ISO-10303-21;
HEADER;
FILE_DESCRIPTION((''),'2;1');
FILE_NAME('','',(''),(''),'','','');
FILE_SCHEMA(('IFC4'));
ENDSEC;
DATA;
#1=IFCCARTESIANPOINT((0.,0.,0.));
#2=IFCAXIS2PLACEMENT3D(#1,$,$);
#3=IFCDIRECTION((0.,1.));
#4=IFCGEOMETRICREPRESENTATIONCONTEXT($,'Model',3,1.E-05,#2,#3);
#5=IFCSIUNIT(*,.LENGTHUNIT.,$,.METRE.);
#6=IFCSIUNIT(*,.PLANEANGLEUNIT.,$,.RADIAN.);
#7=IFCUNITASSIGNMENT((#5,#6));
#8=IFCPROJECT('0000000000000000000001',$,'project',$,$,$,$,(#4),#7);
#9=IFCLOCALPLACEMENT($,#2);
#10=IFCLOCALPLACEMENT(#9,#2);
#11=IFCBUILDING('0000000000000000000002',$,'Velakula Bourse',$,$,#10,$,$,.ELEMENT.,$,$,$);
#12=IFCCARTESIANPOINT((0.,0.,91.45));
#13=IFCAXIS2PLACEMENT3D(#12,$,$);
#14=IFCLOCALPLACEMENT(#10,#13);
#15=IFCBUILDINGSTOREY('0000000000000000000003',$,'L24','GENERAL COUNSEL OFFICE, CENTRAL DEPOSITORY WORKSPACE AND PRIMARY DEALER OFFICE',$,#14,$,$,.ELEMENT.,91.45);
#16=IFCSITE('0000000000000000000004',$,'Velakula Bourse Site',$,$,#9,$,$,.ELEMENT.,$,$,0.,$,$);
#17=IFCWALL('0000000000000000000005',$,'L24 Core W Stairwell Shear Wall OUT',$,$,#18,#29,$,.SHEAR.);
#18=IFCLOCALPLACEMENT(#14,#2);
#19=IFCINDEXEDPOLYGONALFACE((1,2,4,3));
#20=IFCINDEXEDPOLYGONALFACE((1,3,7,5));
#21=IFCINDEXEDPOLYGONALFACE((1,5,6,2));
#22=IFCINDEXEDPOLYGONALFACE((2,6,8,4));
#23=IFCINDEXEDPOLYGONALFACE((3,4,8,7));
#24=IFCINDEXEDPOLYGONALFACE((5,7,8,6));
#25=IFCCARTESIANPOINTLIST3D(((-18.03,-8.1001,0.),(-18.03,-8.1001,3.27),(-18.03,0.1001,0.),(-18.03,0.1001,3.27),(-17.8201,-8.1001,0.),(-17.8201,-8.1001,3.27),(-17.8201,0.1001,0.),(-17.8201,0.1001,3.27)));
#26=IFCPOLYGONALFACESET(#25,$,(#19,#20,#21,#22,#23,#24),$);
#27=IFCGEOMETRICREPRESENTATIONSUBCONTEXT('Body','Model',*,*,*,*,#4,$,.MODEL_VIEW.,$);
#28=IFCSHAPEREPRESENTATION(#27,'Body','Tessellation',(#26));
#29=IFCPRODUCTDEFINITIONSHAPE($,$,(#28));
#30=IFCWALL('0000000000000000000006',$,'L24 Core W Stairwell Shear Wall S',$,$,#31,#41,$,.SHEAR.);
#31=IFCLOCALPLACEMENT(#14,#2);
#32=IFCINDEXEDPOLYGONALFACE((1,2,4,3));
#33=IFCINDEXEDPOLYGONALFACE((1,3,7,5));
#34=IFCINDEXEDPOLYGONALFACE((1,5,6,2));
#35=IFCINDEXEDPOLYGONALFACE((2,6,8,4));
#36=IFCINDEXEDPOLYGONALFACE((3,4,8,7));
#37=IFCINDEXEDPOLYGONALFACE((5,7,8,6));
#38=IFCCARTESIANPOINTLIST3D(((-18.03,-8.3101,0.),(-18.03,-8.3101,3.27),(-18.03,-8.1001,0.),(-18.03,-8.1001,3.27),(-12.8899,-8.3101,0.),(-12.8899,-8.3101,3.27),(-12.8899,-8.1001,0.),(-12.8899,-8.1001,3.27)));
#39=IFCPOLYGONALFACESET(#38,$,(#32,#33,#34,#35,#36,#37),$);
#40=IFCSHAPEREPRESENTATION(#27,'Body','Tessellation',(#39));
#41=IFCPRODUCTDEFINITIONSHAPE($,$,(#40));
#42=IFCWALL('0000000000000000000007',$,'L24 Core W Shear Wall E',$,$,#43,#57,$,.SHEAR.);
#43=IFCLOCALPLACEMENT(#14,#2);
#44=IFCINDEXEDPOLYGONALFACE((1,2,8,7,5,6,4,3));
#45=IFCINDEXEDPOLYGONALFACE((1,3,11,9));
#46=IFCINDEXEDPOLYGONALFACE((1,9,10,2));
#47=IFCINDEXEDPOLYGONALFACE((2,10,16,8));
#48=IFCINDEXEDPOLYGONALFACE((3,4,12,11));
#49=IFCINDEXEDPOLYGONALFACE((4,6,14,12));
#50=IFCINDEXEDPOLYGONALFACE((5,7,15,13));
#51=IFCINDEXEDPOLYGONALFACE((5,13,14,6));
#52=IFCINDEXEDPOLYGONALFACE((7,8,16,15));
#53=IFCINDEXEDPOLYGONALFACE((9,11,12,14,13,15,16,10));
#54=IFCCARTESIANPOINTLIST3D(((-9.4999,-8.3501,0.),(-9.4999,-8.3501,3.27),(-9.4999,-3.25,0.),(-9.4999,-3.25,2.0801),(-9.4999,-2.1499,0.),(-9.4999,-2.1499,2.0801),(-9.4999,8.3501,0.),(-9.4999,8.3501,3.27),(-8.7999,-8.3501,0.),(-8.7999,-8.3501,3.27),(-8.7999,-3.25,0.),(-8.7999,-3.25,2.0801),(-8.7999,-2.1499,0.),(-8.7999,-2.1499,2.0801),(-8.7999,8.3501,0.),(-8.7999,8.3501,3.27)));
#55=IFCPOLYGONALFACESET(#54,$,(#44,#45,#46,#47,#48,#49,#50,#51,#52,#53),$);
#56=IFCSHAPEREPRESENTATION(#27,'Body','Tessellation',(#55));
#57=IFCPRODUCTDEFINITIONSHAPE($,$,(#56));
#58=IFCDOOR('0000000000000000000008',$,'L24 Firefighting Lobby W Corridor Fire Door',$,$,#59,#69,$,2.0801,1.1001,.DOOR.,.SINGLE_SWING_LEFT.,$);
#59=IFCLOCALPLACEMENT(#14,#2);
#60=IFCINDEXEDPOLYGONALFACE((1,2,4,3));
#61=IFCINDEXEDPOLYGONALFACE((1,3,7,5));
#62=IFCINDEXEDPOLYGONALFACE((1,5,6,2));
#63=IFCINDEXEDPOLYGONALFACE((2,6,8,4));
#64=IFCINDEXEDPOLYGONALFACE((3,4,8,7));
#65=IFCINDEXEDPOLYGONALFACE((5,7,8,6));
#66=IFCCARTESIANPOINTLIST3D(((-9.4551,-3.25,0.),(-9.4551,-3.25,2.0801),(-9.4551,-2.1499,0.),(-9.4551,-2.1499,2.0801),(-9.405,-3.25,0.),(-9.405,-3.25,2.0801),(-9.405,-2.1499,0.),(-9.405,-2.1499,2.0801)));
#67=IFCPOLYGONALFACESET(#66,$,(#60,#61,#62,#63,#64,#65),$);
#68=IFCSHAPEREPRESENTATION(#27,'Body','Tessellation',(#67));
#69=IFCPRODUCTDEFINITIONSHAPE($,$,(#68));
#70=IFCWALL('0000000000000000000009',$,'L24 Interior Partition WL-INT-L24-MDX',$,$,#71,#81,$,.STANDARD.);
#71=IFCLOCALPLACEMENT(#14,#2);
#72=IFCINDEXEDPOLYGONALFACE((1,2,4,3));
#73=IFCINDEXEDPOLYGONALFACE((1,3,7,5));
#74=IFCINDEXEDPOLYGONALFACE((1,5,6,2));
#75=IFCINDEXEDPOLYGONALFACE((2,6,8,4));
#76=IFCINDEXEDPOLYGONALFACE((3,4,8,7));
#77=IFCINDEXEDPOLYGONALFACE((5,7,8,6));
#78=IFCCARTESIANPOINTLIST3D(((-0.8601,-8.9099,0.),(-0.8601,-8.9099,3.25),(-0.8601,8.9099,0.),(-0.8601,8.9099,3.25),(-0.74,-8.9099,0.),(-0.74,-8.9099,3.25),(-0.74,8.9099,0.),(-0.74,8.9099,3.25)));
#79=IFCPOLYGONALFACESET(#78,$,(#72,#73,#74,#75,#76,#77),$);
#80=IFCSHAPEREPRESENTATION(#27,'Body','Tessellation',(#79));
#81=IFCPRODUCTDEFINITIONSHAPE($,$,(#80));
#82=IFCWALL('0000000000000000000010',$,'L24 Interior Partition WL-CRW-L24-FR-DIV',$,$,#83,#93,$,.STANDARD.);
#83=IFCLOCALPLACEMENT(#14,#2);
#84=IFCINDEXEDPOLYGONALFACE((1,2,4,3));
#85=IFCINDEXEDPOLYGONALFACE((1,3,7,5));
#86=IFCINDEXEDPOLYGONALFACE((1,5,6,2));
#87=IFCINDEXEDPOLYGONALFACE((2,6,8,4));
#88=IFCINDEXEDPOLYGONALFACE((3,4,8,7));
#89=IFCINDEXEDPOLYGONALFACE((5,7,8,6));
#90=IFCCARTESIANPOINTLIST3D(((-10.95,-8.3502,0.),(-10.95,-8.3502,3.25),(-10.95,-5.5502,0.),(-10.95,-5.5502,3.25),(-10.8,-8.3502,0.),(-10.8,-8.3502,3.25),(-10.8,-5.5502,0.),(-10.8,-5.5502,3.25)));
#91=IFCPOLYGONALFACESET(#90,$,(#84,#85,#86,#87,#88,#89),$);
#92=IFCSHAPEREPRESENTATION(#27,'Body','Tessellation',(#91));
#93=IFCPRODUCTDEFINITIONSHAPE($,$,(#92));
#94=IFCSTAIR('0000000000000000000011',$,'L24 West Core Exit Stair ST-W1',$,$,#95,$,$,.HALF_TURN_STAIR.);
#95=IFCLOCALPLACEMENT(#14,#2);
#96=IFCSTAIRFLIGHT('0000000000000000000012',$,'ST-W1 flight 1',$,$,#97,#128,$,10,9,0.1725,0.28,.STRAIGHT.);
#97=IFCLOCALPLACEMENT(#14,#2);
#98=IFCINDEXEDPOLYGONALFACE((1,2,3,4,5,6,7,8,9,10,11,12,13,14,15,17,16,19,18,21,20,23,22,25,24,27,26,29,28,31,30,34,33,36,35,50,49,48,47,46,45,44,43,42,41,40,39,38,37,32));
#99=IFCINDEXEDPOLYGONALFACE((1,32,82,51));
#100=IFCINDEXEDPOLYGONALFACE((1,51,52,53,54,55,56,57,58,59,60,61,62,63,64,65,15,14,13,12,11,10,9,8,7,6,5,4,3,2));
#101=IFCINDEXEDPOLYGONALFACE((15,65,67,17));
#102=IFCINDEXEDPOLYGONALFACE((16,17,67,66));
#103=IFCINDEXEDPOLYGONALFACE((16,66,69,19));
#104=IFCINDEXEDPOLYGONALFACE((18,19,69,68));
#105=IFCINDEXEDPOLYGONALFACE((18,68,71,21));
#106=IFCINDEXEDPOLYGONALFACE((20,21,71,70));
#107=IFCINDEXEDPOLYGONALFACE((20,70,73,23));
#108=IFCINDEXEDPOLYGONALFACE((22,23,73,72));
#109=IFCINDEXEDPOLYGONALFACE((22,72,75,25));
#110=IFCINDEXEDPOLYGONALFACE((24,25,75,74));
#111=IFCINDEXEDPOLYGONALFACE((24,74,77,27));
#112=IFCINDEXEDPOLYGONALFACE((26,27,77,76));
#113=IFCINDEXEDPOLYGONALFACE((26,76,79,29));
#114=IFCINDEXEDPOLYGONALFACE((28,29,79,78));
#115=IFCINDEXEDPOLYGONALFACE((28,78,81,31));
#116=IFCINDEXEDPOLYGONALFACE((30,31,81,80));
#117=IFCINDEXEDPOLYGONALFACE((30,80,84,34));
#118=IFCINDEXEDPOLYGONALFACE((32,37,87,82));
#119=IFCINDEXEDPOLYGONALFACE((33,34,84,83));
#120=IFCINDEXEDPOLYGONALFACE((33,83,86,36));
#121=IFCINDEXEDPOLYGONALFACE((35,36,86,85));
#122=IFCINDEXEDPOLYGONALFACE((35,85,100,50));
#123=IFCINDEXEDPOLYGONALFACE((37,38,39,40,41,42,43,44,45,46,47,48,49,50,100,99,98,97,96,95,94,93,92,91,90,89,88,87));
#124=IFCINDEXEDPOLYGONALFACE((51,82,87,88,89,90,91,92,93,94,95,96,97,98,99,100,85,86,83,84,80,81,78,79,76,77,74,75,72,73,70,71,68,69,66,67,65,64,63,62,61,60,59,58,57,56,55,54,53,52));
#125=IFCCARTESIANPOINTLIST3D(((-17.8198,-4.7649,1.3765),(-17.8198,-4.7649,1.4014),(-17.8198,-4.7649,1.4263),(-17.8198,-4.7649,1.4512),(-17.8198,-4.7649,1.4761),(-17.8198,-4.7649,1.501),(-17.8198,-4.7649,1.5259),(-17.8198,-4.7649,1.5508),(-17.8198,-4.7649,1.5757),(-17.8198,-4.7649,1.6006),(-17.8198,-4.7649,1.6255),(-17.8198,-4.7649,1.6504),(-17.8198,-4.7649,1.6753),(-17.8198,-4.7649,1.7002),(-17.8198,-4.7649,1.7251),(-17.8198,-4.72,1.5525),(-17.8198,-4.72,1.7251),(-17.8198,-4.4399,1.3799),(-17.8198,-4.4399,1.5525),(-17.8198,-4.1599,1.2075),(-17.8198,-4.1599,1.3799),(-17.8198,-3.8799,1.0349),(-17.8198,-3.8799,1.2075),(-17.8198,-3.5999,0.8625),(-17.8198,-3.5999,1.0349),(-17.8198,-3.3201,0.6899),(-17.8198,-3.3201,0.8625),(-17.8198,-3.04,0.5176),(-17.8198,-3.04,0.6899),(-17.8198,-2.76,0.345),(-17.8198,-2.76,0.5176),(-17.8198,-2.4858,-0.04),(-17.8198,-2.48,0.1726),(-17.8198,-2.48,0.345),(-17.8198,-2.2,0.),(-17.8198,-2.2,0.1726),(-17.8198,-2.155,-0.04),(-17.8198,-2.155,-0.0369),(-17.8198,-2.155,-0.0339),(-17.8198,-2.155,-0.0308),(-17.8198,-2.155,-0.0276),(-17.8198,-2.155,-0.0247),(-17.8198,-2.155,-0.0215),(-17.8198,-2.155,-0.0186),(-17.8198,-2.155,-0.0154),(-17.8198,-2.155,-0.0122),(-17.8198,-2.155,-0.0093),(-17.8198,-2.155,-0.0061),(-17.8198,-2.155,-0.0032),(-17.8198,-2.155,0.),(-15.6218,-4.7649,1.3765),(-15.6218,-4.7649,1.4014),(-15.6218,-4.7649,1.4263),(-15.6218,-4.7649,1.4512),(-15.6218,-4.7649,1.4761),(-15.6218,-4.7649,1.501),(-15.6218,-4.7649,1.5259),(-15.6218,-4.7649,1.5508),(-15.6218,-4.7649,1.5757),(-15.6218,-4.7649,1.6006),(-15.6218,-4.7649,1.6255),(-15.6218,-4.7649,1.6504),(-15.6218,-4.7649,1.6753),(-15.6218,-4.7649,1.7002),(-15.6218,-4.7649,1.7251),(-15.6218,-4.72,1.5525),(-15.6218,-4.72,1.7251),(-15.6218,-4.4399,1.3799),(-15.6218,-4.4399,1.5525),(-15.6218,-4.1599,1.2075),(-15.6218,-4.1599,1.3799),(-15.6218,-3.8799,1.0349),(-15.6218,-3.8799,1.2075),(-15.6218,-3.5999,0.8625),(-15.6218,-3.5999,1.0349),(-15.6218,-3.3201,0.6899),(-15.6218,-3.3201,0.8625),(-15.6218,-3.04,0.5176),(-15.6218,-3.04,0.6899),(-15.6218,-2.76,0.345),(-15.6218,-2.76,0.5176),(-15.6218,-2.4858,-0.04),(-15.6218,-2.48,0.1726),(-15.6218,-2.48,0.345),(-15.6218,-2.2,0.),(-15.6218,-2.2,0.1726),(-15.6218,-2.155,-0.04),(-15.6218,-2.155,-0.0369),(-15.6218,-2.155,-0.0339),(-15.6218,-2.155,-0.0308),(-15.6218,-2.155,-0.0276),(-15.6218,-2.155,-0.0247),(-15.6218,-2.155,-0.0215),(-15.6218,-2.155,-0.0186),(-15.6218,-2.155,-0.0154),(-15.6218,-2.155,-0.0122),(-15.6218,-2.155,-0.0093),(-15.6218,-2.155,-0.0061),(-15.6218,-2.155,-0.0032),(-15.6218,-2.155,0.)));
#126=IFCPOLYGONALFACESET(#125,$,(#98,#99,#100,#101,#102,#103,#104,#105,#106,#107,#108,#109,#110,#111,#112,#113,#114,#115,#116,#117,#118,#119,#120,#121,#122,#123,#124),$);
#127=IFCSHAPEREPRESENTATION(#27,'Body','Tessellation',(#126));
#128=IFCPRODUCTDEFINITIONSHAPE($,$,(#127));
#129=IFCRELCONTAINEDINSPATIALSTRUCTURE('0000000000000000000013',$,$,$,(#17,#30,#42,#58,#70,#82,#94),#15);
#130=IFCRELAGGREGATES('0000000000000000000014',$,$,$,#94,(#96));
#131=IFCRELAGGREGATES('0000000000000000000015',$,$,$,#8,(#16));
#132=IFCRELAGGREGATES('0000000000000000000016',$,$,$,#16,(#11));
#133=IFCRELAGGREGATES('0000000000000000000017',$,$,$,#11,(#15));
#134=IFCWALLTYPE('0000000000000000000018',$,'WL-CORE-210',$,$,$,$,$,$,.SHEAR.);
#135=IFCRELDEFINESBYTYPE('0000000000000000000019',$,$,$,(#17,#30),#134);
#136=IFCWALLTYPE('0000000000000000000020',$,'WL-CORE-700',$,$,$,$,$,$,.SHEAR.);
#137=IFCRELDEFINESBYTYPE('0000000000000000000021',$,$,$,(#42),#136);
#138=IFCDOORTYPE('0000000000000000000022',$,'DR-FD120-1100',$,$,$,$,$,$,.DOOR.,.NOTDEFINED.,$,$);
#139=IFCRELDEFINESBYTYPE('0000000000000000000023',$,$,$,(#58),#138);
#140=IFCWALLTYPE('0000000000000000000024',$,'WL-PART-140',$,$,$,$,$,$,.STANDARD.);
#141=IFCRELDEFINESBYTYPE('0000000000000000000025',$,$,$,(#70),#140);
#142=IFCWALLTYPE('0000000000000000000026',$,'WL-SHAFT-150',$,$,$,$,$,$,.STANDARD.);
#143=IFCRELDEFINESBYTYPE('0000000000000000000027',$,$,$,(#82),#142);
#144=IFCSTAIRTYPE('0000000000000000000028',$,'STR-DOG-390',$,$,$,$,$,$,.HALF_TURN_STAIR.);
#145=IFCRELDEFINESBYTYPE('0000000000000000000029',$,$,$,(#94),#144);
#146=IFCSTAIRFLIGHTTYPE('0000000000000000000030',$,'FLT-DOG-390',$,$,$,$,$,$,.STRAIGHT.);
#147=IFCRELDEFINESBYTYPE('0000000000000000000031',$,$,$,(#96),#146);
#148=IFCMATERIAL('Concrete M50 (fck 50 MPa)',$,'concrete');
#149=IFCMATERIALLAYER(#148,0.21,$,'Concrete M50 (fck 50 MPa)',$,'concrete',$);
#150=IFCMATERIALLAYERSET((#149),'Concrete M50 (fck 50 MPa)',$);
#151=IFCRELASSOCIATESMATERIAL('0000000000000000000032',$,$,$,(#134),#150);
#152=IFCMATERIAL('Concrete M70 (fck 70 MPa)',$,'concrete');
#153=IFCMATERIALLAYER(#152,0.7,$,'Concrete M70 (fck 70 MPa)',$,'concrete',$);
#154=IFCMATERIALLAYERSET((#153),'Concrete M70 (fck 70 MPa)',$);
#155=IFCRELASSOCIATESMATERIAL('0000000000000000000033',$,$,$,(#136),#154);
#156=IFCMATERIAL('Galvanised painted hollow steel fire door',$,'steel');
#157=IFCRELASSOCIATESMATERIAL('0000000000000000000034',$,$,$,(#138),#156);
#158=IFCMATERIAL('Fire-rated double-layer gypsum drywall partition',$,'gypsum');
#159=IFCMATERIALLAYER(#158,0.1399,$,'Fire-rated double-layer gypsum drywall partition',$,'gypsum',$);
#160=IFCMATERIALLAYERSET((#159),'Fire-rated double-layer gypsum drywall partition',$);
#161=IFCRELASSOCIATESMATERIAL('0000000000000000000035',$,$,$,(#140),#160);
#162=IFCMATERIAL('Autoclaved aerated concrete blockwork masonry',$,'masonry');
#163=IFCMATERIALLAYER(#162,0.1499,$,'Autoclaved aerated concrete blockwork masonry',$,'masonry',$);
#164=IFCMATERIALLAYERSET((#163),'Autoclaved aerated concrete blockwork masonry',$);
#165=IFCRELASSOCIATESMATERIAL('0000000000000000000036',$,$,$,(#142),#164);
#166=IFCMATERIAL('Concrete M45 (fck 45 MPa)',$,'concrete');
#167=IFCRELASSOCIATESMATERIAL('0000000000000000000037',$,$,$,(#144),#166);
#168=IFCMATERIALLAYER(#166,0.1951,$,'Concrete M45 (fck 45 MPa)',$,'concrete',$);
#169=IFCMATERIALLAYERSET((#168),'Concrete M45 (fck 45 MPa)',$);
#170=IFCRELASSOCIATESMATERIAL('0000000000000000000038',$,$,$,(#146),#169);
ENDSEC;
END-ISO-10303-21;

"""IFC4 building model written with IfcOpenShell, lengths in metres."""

from ifc_helpers import new_model, si_unit, direction, frame, frame_2d, origin, place, context, subcontext, project, spatial, polyline, rectangle, outline, extrude, material, layer, layer_set, type_object, element, fill, aggregate, save


model = new_model("IFC4")

# Units and contexts
model_context = context("Model", 3, precision=1e-05, world=origin(), true_north=direction((0.0, 1.0)))
body_context = subcontext(model_context, "Body", "Model", "MODEL_VIEW")
ifc_project = project(units=[si_unit("LENGTHUNIT", "METRE"), si_unit("PLANEANGLEUNIT", "RADIAN")], contexts=[model_context])

# Site, building, storey
site_placement = place(None, origin())
site = spatial("IfcSite", under=ifc_project, at=site_placement, Name="Velakula Bourse Site", CompositionType="ELEMENT", RefElevation=0.0)
building_placement = place(site_placement, origin())
building = spatial("IfcBuilding", under=site, at=building_placement, Name="Velakula Bourse", CompositionType="ELEMENT")
storey_placement = place(building_placement, frame((0.0, 0.0, 91.45)))
storey = spatial("IfcBuildingStorey", under=building, at=storey_placement, Name="L24", Description="GENERAL COUNSEL OFFICE, CENTRAL DEPOSITORY WORKSPACE AND PRIMARY DEALER OFFICE", CompositionType="ELEMENT", Elevation=91.45)

# Shared definitions
ifc_material_1 = material(Name="Concrete M70 (fck 70 MPa)", Category="concrete")

# Shared definitions
ifc_material_2 = material(Name="Concrete M50 (fck 50 MPa)", Category="concrete")
ifc_layer_1 = layer(ifc_material_2, 0.21, Name="Concrete M50 (fck 50 MPa)", Category="concrete")
ifc_layer_set_1 = layer_set([ifc_layer_1], Name="Concrete M50 (fck 50 MPa)")
wall_type_1 = type_object("IfcWallType", Name="WL-CORE-210", PredefinedType="SHEAR", material=ifc_layer_set_1)
ifc_material_3 = material(Name="Galvanised painted hollow steel fire door", Category="steel")

# Walls
wall_1_placement = place(storey_placement, frame((-17.925, -8.1001, 0.0), z_axis=(0.0, 0.0, 1.0), x_axis=(0.0, 1.0, 0.0)))
element("IfcWall", 1, at=wall_1_placement, inside=storey, type_object=wall_type_1, Name="L24 Core W Stairwell Shear Wall OUT", PredefinedType="SHEAR", context=body_context, shape_type="SweptSolid", body=[
    extrude(rectangle(XDim=8.2002, YDim=0.21, at=frame_2d((4.1001, 0.0))), origin(), (0.0, 0.0, 1.0), 3.27),
])
wall_2_placement = place(storey_placement, frame((-18.03, -8.2051, 0.0), z_axis=(0.0, 0.0, 1.0), x_axis=(1.0, 0.0, 0.0)))
element("IfcWall", 2, at=wall_2_placement, inside=storey, type_object=wall_type_1, Name="L24 Core W Stairwell Shear Wall S", PredefinedType="SHEAR", context=body_context, shape_type="SweptSolid", body=[
    extrude(rectangle(XDim=5.1401, YDim=0.21, at=frame_2d((2.5701, 0.0))), origin(), (0.0, 0.0, 1.0), 3.27),
])

# Wall, opening, door
ifc_layer_2 = layer(ifc_material_1, 0.7, Name="Concrete M70 (fck 70 MPa)", Category="concrete")
ifc_layer_set_2 = layer_set([ifc_layer_2], Name="Concrete M70 (fck 70 MPa)")
wall_type_2 = type_object("IfcWallType", Name="WL-CORE-700", PredefinedType="SHEAR", material=ifc_layer_set_2)
wall_3_placement = place(storey_placement, frame((-9.1499, -8.3501, 0.0), z_axis=(0.0, 0.0, 1.0), x_axis=(0.0, 1.0, 0.0)))
wall_3 = element("IfcWall", 3, at=wall_3_placement, inside=storey, type_object=wall_type_2, Name="L24 Core W Shear Wall E", PredefinedType="SHEAR", context=body_context, shape_type="SweptSolid", body=[
    extrude(rectangle(XDim=16.7002, YDim=0.7, at=frame_2d((8.3501, 0.0))), origin(), (0.0, 0.0, 1.0), 3.27),
])
opening_1_placement = place(wall_3_placement, frame((5.1001, 0.0, 0.0)))
opening_1 = element("IfcOpeningElement", 4, at=opening_1_placement, cuts=wall_3, PredefinedType="OPENING", context=body_context, shape_type="SweptSolid", body=[
    extrude(rectangle(XDim=1.1001, YDim=2.0801, at=frame_2d((0.55, 1.04))), frame((0.0, 0.3599, 0.0), z_axis=(0.0, -1.0, 0.0), x_axis=(1.0, 0.0, 0.0)), (0.0, 0.0, 1.0), 0.72),
])
door_type_1 = type_object("IfcDoorType", Name="DR-FD120-1100", OperationType="NOTDEFINED", PredefinedType="DOOR", material=ifc_material_3)
door_1_placement = place(opening_1_placement, origin())
door_1 = element("IfcDoor", 5, at=door_1_placement, inside=storey, type_object=door_type_1, Name="L24 Firefighting Lobby W Corridor Fire Door", OperationType="SINGLE_SWING_LEFT", OverallHeight=2.0801, OverallWidth=1.1001, PredefinedType="DOOR", context=body_context, shape_type="SweptSolid", body=[
    extrude(rectangle(XDim=1.1001, YDim=2.0801, at=frame_2d((0.55, 1.04))), frame((0.0, 0.3052, 0.0), z_axis=(0.0, -1.0, 0.0), x_axis=(1.0, 0.0, 0.0)), (0.0, 0.0, 1.0), 0.05),
])
fill(opening_1, door_1)

# Wall
ifc_material_4 = material(Name="Fire-rated double-layer gypsum drywall partition", Category="gypsum")
ifc_layer_3 = layer(ifc_material_4, 0.1399, Name="Fire-rated double-layer gypsum drywall partition", Category="gypsum")
ifc_layer_set_3 = layer_set([ifc_layer_3], Name="Fire-rated double-layer gypsum drywall partition")
wall_type_3 = type_object("IfcWallType", Name="WL-PART-140", PredefinedType="STANDARD", material=ifc_layer_set_3)
wall_4_placement = place(storey_placement, frame((-0.8, -8.9099, 0.0), z_axis=(0.0, 0.0, 1.0), x_axis=(0.0, 1.0, 0.0)))
element("IfcWall", 6, at=wall_4_placement, inside=storey, type_object=wall_type_3, Name="L24 Interior Partition WL-INT-L24-MDX", PredefinedType="STANDARD", context=body_context, shape_type="SweptSolid", body=[
    extrude(rectangle(XDim=17.8198, YDim=0.1201, at=frame_2d((8.9099, 0.0))), origin(), (0.0, 0.0, 1.0), 3.25),
])

# Shared definitions
ifc_material_5 = material(Name="Autoclaved aerated concrete blockwork masonry", Category="masonry")
ifc_layer_4 = layer(ifc_material_5, 0.1499, Name="Autoclaved aerated concrete blockwork masonry", Category="masonry")
ifc_layer_set_4 = layer_set([ifc_layer_4], Name="Autoclaved aerated concrete blockwork masonry")
wall_type_4 = type_object("IfcWallType", Name="WL-SHAFT-150", PredefinedType="STANDARD", material=ifc_layer_set_4)

# Wall
wall_5_placement = place(storey_placement, frame((-10.875, -8.3501, 0.0), z_axis=(0.0, 0.0, 1.0), x_axis=(0.0, 1.0, 0.0)))
element("IfcWall", 7, at=wall_5_placement, inside=storey, type_object=wall_type_4, Name="L24 Interior Partition WL-CRW-L24-FR-DIV", PredefinedType="STANDARD", context=body_context, shape_type="SweptSolid", body=[
    extrude(rectangle(XDim=2.8, YDim=0.1499, at=frame_2d((1.3999, 0.0))), origin(), (0.0, 0.0, 1.0), 3.25),
])

# Stair, stair flight
ifc_material_6 = material(Name="Concrete M45 (fck 45 MPa)", Category="concrete")
stair_type = type_object("IfcStairType", Name="STR-DOG-390", PredefinedType="HALF_TURN_STAIR", material=ifc_material_6)
stair_placement = place(storey_placement, origin())
stair = element("IfcStair", 8, at=stair_placement, inside=storey, type_object=stair_type, Name="L24 West Core Exit Stair ST-W1", PredefinedType="HALF_TURN_STAIR")
ifc_layer_5 = layer(ifc_material_6, 0.1951, Name="Concrete M45 (fck 45 MPa)", Category="concrete")
ifc_layer_set_5 = layer_set([ifc_layer_5], Name="Concrete M45 (fck 45 MPa)")
stair_flight_type = type_object("IfcStairFlightType", Name="FLT-DOG-390", PredefinedType="STRAIGHT", material=ifc_layer_set_5)
stair_flight_1_placement = place(storey_placement, frame((-16.7209, -2.2, 0.0), z_axis=(0.0, 0.0, 1.0), x_axis=(0.0, -1.0, 0.0)))
stair_flight_1 = element("IfcStairFlight", 9, at=stair_flight_1_placement, type_object=stair_flight_type, Name="ST-W1 flight 1", NumberOfRisers=10, NumberOfTreads=9, PredefinedType="STRAIGHT", RiserHeight=0.1725, TreadLength=0.28, context=body_context, shape_type="SweptSolid", body=[
    extrude(outline(polyline([(-0.0449, -0.04), (-0.0449, -0.0369), (-0.0449, -0.0339), (-0.0449, -0.0308), (-0.0449, -0.0276), (-0.0449, -0.0247), (-0.0449, -0.0215), (-0.0449, -0.0186), (-0.0449, -0.0154), (-0.0449, -0.0122), (-0.0449, -0.0093), (-0.0449, -0.0061), (-0.0449, -0.0032), (-0.0449, 0.0), (0.0, 0.0), (0.0, 0.1726), (0.28, 0.1726), (0.28, 0.345), (0.5601, 0.345), (0.5601, 0.5176), (0.8401, 0.5176), (0.8401, 0.6899), (1.1201, 0.6899), (1.1201, 0.8625), (1.3999, 0.8625), (1.3999, 1.0349), (1.6799, 1.0349), (1.6799, 1.2075), (1.96, 1.2075), (1.96, 1.3799), (2.24, 1.3799), (2.24, 1.5525), (2.52, 1.5525), (2.52, 1.7251), (2.5649, 1.7251), (2.5649, 1.7002), (2.5649, 1.6753), (2.5649, 1.6504), (2.5649, 1.6255), (2.5649, 1.6006), (2.5649, 1.5757), (2.5649, 1.5508), (2.5649, 1.5259), (2.5649, 1.501), (2.5649, 1.4761), (2.5649, 1.4512), (2.5649, 1.4263), (2.5649, 1.4014), (2.5649, 1.3765), (0.2859, -0.04), (-0.0449, -0.04)])), frame((0.0, 1.0991, 0.0), z_axis=(0.0, -1.0, 0.0), x_axis=(1.0, 0.0, 0.0)), (0.0, 0.0, 1.0), 2.198),
])
aggregate(stair, [stair_flight_1])

save(model, "model.ifc")
